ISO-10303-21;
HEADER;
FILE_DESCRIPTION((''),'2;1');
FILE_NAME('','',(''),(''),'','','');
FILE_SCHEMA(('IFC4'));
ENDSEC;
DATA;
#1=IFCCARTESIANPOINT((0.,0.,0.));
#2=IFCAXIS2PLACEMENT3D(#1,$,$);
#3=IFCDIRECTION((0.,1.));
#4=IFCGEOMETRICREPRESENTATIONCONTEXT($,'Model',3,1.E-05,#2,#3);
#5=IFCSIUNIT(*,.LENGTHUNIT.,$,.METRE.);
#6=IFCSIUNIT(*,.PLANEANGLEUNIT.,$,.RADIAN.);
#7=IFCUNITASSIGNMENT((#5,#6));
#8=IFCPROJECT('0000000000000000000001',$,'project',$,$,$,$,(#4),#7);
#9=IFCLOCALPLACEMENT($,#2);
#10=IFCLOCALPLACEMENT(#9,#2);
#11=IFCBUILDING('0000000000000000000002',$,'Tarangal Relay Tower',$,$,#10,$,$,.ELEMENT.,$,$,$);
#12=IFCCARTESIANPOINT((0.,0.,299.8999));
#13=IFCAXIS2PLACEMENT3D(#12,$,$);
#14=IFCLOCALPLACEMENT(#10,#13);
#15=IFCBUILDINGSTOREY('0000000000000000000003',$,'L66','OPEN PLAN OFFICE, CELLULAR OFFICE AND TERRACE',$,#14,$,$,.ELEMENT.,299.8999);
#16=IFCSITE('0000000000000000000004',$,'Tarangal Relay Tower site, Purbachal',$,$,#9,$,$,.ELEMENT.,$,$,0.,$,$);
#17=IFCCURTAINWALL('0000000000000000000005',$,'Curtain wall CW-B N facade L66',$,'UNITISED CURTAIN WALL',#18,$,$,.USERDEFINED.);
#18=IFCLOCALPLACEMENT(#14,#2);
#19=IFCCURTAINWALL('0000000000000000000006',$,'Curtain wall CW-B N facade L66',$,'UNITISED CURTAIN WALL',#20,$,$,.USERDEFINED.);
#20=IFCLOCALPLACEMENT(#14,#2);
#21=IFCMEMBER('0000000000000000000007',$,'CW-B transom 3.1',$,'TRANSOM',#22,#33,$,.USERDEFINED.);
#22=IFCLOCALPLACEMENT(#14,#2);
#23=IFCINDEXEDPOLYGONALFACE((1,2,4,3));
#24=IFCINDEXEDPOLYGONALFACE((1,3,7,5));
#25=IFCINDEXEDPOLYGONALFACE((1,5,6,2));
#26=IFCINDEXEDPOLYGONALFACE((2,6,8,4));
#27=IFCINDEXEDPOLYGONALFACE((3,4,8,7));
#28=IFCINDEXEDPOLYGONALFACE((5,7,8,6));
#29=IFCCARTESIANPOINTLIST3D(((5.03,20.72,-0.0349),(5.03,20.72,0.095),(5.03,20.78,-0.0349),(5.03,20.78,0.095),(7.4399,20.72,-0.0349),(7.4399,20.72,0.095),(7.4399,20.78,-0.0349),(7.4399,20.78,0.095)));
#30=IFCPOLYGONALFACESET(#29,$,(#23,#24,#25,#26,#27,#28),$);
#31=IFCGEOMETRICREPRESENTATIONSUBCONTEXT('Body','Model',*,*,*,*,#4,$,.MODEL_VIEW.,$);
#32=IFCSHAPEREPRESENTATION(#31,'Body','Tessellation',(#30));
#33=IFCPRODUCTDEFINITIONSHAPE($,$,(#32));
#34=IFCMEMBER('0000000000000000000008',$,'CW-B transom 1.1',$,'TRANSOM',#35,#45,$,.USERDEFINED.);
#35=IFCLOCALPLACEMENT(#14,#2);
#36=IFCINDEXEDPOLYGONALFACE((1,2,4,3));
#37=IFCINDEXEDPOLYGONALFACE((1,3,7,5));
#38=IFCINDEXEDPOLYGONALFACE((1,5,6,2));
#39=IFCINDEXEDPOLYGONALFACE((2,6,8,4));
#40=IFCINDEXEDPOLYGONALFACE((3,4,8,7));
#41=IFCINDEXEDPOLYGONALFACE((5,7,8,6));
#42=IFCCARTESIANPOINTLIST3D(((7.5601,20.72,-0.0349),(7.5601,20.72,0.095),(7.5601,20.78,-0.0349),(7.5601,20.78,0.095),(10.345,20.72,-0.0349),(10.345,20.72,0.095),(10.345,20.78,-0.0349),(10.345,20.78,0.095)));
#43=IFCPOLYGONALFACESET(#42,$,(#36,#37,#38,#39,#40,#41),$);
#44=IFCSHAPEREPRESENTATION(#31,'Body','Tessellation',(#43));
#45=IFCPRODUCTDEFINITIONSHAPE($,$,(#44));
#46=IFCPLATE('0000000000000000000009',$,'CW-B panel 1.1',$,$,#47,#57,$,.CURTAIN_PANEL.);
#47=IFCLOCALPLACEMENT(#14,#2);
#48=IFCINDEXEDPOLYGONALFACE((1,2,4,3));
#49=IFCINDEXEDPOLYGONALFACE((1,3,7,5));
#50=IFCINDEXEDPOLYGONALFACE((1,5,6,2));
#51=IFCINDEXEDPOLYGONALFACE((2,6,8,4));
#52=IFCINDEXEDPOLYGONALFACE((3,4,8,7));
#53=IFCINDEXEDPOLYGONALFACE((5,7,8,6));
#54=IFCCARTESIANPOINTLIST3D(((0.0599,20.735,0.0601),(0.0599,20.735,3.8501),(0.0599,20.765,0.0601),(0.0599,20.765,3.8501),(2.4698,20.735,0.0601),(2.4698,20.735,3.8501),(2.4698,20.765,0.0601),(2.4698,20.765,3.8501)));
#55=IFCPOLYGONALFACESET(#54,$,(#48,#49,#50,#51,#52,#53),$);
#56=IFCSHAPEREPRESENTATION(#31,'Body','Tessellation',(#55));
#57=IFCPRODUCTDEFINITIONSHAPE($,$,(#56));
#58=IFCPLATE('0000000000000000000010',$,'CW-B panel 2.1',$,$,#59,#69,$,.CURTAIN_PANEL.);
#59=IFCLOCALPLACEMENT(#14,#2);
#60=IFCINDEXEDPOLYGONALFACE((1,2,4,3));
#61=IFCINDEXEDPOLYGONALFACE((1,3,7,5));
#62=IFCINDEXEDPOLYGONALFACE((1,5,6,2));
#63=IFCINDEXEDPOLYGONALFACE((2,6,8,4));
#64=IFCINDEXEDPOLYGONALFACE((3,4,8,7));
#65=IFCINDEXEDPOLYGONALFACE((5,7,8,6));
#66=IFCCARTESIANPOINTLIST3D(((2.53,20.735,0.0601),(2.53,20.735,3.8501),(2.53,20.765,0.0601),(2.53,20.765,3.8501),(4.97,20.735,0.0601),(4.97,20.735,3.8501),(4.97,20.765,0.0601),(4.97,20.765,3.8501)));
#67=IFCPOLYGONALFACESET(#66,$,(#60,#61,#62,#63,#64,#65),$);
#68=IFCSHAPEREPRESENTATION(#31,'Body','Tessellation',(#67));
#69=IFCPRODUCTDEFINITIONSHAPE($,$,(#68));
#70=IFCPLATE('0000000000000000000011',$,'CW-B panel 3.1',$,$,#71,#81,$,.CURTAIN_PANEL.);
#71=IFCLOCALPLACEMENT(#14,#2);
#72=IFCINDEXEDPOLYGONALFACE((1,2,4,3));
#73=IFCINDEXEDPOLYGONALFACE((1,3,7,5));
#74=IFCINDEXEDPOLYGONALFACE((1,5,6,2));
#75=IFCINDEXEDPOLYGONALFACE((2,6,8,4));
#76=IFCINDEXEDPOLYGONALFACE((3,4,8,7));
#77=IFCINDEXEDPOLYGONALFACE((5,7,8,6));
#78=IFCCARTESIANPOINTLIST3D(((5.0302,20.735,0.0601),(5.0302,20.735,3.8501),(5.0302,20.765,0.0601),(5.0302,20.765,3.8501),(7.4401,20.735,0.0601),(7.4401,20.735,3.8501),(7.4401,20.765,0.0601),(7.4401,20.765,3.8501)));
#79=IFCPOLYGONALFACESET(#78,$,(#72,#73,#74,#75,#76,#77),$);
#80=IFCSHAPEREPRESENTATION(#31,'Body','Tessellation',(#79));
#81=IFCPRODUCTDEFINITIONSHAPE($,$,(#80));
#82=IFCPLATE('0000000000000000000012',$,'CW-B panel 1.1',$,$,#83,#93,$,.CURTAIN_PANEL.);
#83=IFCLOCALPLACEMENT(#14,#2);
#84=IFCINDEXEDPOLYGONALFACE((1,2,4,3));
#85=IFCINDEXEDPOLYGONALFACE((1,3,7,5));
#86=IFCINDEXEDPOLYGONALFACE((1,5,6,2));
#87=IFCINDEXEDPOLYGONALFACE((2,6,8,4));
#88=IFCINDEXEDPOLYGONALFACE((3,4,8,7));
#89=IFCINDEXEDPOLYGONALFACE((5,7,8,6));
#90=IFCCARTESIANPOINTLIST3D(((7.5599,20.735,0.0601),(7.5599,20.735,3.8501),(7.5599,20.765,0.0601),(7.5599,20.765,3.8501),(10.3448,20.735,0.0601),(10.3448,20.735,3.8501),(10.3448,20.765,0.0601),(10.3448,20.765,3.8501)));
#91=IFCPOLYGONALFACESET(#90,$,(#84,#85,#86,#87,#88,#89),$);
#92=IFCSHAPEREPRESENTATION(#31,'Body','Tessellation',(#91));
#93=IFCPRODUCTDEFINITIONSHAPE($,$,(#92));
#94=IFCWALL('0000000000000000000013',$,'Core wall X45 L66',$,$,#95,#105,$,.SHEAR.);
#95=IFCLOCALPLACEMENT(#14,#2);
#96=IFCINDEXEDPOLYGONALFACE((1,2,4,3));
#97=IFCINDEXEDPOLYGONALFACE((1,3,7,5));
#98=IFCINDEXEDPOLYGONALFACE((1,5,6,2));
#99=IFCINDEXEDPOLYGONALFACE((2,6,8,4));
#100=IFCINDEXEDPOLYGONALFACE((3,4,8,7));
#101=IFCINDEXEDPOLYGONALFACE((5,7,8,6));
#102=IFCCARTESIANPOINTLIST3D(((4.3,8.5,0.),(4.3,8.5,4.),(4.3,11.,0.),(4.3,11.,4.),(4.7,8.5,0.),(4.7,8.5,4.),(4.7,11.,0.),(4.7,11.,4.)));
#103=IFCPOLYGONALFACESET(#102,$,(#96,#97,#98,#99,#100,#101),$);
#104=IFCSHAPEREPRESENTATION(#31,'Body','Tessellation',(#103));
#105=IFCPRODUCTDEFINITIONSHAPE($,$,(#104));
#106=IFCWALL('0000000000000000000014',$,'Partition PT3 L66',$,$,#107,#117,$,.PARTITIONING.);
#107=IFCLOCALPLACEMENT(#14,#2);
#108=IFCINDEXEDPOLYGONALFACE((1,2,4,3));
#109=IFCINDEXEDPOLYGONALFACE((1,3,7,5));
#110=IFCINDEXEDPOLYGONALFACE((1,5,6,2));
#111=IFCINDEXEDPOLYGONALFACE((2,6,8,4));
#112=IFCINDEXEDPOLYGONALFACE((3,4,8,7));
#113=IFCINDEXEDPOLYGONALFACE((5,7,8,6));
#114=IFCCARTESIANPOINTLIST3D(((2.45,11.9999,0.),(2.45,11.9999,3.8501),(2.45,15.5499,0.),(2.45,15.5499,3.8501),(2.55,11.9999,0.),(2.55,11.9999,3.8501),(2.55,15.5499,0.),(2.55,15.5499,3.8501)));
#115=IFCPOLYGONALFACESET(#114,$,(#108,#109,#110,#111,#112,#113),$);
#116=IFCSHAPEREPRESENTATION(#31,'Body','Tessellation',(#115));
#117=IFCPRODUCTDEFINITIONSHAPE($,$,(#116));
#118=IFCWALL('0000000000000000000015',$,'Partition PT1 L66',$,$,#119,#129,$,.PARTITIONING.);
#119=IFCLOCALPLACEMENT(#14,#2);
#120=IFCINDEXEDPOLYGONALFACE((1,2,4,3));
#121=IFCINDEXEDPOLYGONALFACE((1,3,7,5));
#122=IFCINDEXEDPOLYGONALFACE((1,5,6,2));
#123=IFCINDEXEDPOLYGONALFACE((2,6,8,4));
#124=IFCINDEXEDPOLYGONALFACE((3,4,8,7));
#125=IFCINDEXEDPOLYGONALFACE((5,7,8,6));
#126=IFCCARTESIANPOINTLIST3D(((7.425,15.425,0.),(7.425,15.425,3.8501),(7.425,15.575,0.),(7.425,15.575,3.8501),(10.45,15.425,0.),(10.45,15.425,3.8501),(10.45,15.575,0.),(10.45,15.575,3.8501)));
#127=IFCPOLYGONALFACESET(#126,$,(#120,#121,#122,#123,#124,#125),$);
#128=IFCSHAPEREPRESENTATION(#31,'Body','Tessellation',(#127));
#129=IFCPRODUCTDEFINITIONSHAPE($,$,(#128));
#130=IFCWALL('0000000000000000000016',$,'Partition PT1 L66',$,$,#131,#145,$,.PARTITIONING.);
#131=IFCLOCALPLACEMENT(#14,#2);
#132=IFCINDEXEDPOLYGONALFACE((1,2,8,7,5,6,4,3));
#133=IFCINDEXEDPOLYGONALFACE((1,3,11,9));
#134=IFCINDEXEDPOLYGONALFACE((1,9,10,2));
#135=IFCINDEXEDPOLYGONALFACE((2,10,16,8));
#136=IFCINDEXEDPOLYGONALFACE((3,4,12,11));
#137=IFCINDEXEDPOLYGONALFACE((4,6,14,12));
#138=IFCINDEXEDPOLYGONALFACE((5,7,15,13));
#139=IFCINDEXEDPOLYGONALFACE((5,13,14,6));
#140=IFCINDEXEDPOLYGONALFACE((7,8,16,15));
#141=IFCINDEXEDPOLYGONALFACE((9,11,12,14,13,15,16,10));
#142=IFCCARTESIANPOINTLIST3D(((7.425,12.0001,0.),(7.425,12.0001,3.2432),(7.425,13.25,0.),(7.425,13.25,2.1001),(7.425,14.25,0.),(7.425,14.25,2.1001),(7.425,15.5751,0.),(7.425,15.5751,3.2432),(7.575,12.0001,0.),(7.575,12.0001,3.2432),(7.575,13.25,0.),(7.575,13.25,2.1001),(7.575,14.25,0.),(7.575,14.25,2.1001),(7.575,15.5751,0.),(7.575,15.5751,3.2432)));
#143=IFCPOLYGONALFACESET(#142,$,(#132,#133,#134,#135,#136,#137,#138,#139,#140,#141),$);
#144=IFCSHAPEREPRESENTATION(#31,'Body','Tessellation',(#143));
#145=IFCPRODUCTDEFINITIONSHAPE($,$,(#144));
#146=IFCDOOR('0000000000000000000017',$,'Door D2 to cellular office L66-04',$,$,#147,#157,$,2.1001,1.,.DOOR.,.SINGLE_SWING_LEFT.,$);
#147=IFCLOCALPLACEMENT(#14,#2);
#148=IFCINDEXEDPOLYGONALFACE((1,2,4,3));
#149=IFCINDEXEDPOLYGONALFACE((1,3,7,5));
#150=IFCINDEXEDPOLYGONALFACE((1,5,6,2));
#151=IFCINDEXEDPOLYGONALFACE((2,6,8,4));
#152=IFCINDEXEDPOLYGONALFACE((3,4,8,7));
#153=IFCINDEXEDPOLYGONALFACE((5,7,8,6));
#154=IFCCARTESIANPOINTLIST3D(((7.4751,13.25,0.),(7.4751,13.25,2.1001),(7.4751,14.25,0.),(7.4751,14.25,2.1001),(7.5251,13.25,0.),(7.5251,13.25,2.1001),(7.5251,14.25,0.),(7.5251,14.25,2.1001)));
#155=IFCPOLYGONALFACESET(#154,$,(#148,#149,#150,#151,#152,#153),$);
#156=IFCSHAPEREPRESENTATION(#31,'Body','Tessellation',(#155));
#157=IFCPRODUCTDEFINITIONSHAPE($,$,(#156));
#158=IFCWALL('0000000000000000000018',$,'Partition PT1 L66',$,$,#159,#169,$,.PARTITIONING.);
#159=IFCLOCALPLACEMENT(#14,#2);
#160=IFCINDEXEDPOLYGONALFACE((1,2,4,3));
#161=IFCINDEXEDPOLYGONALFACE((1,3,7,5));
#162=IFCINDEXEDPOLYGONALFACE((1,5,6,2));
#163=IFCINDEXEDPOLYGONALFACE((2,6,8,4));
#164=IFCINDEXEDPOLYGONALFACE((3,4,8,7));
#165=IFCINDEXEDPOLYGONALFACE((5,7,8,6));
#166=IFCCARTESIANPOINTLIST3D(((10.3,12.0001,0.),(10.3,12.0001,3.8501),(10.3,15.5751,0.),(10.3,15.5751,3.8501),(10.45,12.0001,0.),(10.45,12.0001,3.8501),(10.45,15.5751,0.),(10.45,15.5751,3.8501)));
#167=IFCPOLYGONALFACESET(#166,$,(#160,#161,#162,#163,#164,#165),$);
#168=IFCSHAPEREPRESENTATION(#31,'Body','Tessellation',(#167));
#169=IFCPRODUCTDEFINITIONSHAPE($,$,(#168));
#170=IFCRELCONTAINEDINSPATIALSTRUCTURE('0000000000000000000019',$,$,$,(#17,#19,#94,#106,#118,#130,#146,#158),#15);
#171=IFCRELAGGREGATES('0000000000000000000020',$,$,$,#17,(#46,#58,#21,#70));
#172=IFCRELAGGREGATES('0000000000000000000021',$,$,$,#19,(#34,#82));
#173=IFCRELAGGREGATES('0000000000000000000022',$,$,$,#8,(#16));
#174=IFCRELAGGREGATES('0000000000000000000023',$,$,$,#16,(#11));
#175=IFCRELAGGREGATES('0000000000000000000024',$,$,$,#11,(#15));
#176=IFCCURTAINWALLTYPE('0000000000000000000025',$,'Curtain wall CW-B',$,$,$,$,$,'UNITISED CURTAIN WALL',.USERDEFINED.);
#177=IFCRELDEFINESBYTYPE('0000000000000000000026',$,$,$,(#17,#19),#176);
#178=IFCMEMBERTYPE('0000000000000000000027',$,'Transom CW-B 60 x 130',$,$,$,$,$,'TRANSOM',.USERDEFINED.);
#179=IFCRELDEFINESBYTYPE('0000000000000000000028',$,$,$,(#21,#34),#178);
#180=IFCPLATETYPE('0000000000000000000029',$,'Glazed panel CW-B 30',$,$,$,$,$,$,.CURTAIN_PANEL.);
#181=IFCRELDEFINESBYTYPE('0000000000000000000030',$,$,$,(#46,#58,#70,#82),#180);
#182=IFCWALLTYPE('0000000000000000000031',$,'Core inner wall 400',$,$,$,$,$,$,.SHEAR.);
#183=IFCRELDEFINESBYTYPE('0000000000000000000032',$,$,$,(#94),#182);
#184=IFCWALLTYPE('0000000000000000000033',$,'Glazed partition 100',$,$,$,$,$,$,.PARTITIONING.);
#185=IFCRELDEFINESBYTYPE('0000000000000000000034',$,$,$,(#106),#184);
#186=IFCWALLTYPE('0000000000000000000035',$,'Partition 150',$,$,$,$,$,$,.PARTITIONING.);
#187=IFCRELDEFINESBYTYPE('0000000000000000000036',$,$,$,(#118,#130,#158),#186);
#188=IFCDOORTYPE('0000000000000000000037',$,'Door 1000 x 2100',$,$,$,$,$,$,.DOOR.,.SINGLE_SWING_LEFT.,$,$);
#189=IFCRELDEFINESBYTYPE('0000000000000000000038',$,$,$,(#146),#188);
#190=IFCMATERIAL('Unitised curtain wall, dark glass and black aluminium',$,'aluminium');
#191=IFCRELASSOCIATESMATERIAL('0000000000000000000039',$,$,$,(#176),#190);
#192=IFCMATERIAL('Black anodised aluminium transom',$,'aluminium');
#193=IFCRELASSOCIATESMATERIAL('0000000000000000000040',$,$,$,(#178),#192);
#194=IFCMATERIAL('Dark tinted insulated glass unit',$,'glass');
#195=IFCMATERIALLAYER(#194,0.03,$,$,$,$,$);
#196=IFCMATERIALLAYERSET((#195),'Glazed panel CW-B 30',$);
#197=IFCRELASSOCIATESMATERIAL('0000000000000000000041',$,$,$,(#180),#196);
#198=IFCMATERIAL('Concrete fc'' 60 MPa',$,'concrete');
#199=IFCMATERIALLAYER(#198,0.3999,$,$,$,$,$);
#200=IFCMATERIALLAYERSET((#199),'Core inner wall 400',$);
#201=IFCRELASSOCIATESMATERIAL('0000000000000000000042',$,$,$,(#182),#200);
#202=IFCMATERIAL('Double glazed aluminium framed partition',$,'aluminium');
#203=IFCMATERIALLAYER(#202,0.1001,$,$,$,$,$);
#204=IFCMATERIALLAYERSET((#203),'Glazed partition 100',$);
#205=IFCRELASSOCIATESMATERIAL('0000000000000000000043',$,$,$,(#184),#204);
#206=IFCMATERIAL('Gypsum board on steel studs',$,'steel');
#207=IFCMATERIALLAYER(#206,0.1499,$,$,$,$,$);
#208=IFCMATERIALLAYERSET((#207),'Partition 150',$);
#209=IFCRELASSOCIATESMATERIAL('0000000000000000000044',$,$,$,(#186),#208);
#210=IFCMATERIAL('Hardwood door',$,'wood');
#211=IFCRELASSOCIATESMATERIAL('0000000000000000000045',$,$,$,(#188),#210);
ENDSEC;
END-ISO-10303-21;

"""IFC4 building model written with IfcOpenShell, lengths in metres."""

from ifc_helpers import new_model, si_unit, direction, frame, frame_2d, origin, origin_2d, place, context, subcontext, project, spatial, rectangle, extrude, material, layer, layer_set, material_profile, profile_set, type_object, element, fill, aggregate, save


model = new_model("IFC4")

# Units and contexts
model_context = context("Model", 3, precision=1e-05, world=origin(), true_north=direction((0.0, 1.0)))
body_context = subcontext(model_context, "Body", "Model", "MODEL_VIEW")
ifc_project = project(units=[si_unit("LENGTHUNIT", "METRE"), si_unit("PLANEANGLEUNIT", "RADIAN")], contexts=[model_context])

# Site, building, storey
site_placement = place(None, origin())
site = spatial("IfcSite", under=ifc_project, at=site_placement, Name="Tarangal Relay Tower site, Purbachal", CompositionType="ELEMENT", RefElevation=0.0)
building_placement = place(site_placement, origin())
building = spatial("IfcBuilding", under=site, at=building_placement, Name="Tarangal Relay Tower", CompositionType="ELEMENT")
storey_placement = place(building_placement, frame((0.0, 0.0, 299.8999)))
storey = spatial("IfcBuildingStorey", under=building, at=storey_placement, Name="L66", Description="OPEN PLAN OFFICE, CELLULAR OFFICE AND TERRACE", CompositionType="ELEMENT", Elevation=299.8999)

# Curtain walls
ifc_material_1 = material(Name="Unitised curtain wall, dark glass and black aluminium", Category="aluminium")
curtain_wall_type = type_object("IfcCurtainWallType", Name="Curtain wall CW-B", ElementType="UNITISED CURTAIN WALL", PredefinedType="USERDEFINED", material=ifc_material_1)
curtain_wall_1_placement = place(storey_placement, origin())
curtain_wall_1 = element("IfcCurtainWall", 1, at=curtain_wall_1_placement, inside=storey, type_object=curtain_wall_type, Name="Curtain wall CW-B N facade L66", ObjectType="UNITISED CURTAIN WALL", PredefinedType="USERDEFINED")
curtain_wall_2_placement = place(storey_placement, origin())
curtain_wall_2 = element("IfcCurtainWall", 2, at=curtain_wall_2_placement, inside=storey, type_object=curtain_wall_type, Name="Curtain wall CW-B N facade L66", ObjectType="UNITISED CURTAIN WALL", PredefinedType="USERDEFINED")

# Members
ifc_material_2 = material(Name="Black anodised aluminium transom", Category="aluminium")
ifc_material_profile_1 = material_profile(ifc_material_2, rectangle(XDim=0.0601, YDim=0.1299, at=origin_2d()), Name="CW-BT 60X130")
ifc_profile_set_1 = profile_set([ifc_material_profile_1], Name="Black anodised aluminium transom")
member_type_1 = type_object("IfcMemberType", Name="Transom CW-B 60 x 130", ElementType="TRANSOM", PredefinedType="USERDEFINED", material=ifc_profile_set_1)
member_1_placement = place(storey_placement, frame((5.03, 20.75, 0.03), z_axis=(1.0, 0.0, 0.0), x_axis=(0.0, 1.0, 0.0)))
member_1 = element("IfcMember", 3, at=member_1_placement, type_object=member_type_1, Name="CW-B transom 3.1", ObjectType="TRANSOM", PredefinedType="USERDEFINED", context=body_context, shape_type="SweptSolid", body=[
    extrude(rectangle(XDim=0.0601, YDim=0.1299, at=origin_2d()), origin(), (0.0, 0.0, 1.0), 2.4099),
])
member_2_placement = place(storey_placement, frame((7.5601, 20.75, 0.03), z_axis=(1.0, 0.0, 0.0), x_axis=(0.0, 1.0, 0.0)))
member_2 = element("IfcMember", 4, at=member_2_placement, type_object=member_type_1, Name="CW-B transom 1.1", ObjectType="TRANSOM", PredefinedType="USERDEFINED", context=body_context, shape_type="SweptSolid", body=[
    extrude(rectangle(XDim=0.0601, YDim=0.1299, at=origin_2d()), origin(), (0.0, 0.0, 1.0), 2.7849),
])

# Plates
ifc_material_3 = material(Name="Dark tinted insulated glass unit", Category="glass")
ifc_layer_1 = layer(ifc_material_3, 0.03)
ifc_layer_set_1 = layer_set([ifc_layer_1], Name="Glazed panel CW-B 30")
plate_type = type_object("IfcPlateType", Name="Glazed panel CW-B 30", PredefinedType="CURTAIN_PANEL", material=ifc_layer_set_1)
plate_1_placement = place(storey_placement, frame((1.2649, 20.75, 0.0601), z_axis=(0.0, 0.0, 1.0), x_axis=(1.0, 0.0, 0.0)))
plate_1 = element("IfcPlate", 5, at=plate_1_placement, type_object=plate_type, Name="CW-B panel 1.1", PredefinedType="CURTAIN_PANEL", context=body_context, shape_type="SweptSolid", body=[
    extrude(rectangle(XDim=2.4099, YDim=0.03, at=origin_2d()), origin(), (0.0, 0.0, 1.0), 3.79),
])
plate_2_placement = place(storey_placement, frame((3.75, 20.75, 0.0601), z_axis=(0.0, 0.0, 1.0), x_axis=(1.0, 0.0, 0.0)))
plate_2 = element("IfcPlate", 6, at=plate_2_placement, type_object=plate_type, Name="CW-B panel 2.1", PredefinedType="CURTAIN_PANEL", context=body_context, shape_type="SweptSolid", body=[
    extrude(rectangle(XDim=2.4399, YDim=0.03, at=origin_2d()), origin(), (0.0, 0.0, 1.0), 3.79),
])
plate_3_placement = place(storey_placement, frame((6.2351, 20.75, 0.0601), z_axis=(0.0, 0.0, 1.0), x_axis=(1.0, 0.0, 0.0)))
plate_3 = element("IfcPlate", 7, at=plate_3_placement, type_object=plate_type, Name="CW-B panel 3.1", PredefinedType="CURTAIN_PANEL", context=body_context, shape_type="SweptSolid", body=[
    extrude(rectangle(XDim=2.4099, YDim=0.03, at=origin_2d()), origin(), (0.0, 0.0, 1.0), 3.79),
])
aggregate(curtain_wall_1, [plate_1, plate_2, member_1, plate_3])
plate_4_placement = place(storey_placement, frame((8.9524, 20.75, 0.0601), z_axis=(0.0, 0.0, 1.0), x_axis=(1.0, 0.0, 0.0)))
plate_4 = element("IfcPlate", 8, at=plate_4_placement, type_object=plate_type, Name="CW-B panel 1.1", PredefinedType="CURTAIN_PANEL", context=body_context, shape_type="SweptSolid", body=[
    extrude(rectangle(XDim=2.7849, YDim=0.03, at=origin_2d()), origin(), (0.0, 0.0, 1.0), 3.79),
])
aggregate(curtain_wall_2, [member_2, plate_4])

# Walls
ifc_material_4 = material(Name="Concrete fc' 60 MPa", Category="concrete")
ifc_layer_2 = layer(ifc_material_4, 0.3999)
ifc_layer_set_2 = layer_set([ifc_layer_2], Name="Core inner wall 400")
wall_type_1 = type_object("IfcWallType", Name="Core inner wall 400", PredefinedType="SHEAR", material=ifc_layer_set_2)
wall_1_placement = place(storey_placement, frame((4.5, 8.5, 0.0), z_axis=(0.0, 0.0, 1.0), x_axis=(0.0, 1.0, 0.0)))
element("IfcWall", 9, at=wall_1_placement, inside=storey, type_object=wall_type_1, Name="Core wall X45 L66", PredefinedType="SHEAR", context=body_context, shape_type="SweptSolid", body=[
    extrude(rectangle(XDim=2.5, YDim=0.3999, at=frame_2d((1.25, 0.0))), origin(), (0.0, 0.0, 1.0), 4.0),
])
ifc_material_5 = material(Name="Double glazed aluminium framed partition", Category="aluminium")
ifc_layer_3 = layer(ifc_material_5, 0.1001)
ifc_layer_set_3 = layer_set([ifc_layer_3], Name="Glazed partition 100")
wall_type_2 = type_object("IfcWallType", Name="Glazed partition 100", PredefinedType="PARTITIONING", material=ifc_layer_set_3)
wall_2_placement = place(storey_placement, frame((2.5, 12.0, 0.0), z_axis=(0.0, 0.0, 1.0), x_axis=(0.0, 1.0, 0.0)))
element("IfcWall", 10, at=wall_2_placement, inside=storey, type_object=wall_type_2, Name="Partition PT3 L66", PredefinedType="PARTITIONING", context=body_context, shape_type="SweptSolid", body=[
    extrude(rectangle(XDim=3.55, YDim=0.1001, at=frame_2d((1.7749, 0.0))), origin(), (0.0, 0.0, 1.0), 3.8501),
])
ifc_material_6 = material(Name="Gypsum board on steel studs", Category="steel")
ifc_layer_4 = layer(ifc_material_6, 0.1499)
ifc_layer_set_4 = layer_set([ifc_layer_4], Name="Partition 150")
wall_type_3 = type_object("IfcWallType", Name="Partition 150", PredefinedType="PARTITIONING", material=ifc_layer_set_4)
wall_3_placement = place(storey_placement, frame((7.425, 15.5, 0.0), z_axis=(0.0, 0.0, 1.0), x_axis=(1.0, 0.0, 0.0)))
element("IfcWall", 11, at=wall_3_placement, inside=storey, type_object=wall_type_3, Name="Partition PT1 L66", PredefinedType="PARTITIONING", context=body_context, shape_type="SweptSolid", body=[
    extrude(rectangle(XDim=3.0249, YDim=0.1499, at=frame_2d((1.5125, 0.0))), origin(), (0.0, 0.0, 1.0), 3.8501),
])

# Wall, opening, door
wall_4_placement = place(storey_placement, frame((7.5, 12.0, 0.0), z_axis=(0.0, 0.0, 1.0), x_axis=(0.0, 1.0, 0.0)))
wall_4 = element("IfcWall", 12, at=wall_4_placement, inside=storey, type_object=wall_type_3, Name="Partition PT1 L66", PredefinedType="PARTITIONING", context=body_context, shape_type="SweptSolid", body=[
    extrude(rectangle(XDim=3.575, YDim=0.1499, at=frame_2d((1.7876, 0.0))), origin(), (0.0, 0.0, 1.0), 3.2432),
])
opening_placement = place(wall_4_placement, frame((1.25, 0.0, 0.0)))
opening = element("IfcOpeningElement", 13, at=opening_placement, cuts=wall_4, PredefinedType="OPENING", context=body_context, shape_type="SweptSolid", body=[
    extrude(rectangle(XDim=1.0, YDim=2.1001, at=frame_2d((0.5, 1.05))), frame((0.0, 0.085, 0.0), z_axis=(0.0, -1.0, 0.0), x_axis=(1.0, 0.0, 0.0)), (0.0, 0.0, 1.0), 0.1699),
])
ifc_material_7 = material(Name="Hardwood door", Category="wood")
door_type = type_object("IfcDoorType", Name="Door 1000 x 2100", OperationType="SINGLE_SWING_LEFT", PredefinedType="DOOR", material=ifc_material_7)
door_placement = place(opening_placement, origin())
door = element("IfcDoor", 14, at=door_placement, inside=storey, type_object=door_type, Name="Door D2 to cellular office L66-04", OperationType="SINGLE_SWING_LEFT", OverallHeight=2.1001, OverallWidth=1.0, PredefinedType="DOOR", context=body_context, shape_type="SweptSolid", body=[
    extrude(rectangle(XDim=1.0, YDim=2.1001, at=frame_2d((0.5, 1.05))), frame((0.0, 0.0249, 0.0), z_axis=(0.0, -1.0, 0.0), x_axis=(1.0, 0.0, 0.0)), (0.0, 0.0, 1.0), 0.05),
])
fill(opening, door)

# Wall
wall_5_placement = place(storey_placement, frame((10.375, 12.0, 0.0), z_axis=(0.0, 0.0, 1.0), x_axis=(0.0, 1.0, 0.0)))
element("IfcWall", 15, at=wall_5_placement, inside=storey, type_object=wall_type_3, Name="Partition PT1 L66", PredefinedType="PARTITIONING", context=body_context, shape_type="SweptSolid", body=[
    extrude(rectangle(XDim=3.575, YDim=0.1499, at=frame_2d((1.7876, 0.0))), origin(), (0.0, 0.0, 1.0), 3.8501),
])

save(model, "model.ifc")
